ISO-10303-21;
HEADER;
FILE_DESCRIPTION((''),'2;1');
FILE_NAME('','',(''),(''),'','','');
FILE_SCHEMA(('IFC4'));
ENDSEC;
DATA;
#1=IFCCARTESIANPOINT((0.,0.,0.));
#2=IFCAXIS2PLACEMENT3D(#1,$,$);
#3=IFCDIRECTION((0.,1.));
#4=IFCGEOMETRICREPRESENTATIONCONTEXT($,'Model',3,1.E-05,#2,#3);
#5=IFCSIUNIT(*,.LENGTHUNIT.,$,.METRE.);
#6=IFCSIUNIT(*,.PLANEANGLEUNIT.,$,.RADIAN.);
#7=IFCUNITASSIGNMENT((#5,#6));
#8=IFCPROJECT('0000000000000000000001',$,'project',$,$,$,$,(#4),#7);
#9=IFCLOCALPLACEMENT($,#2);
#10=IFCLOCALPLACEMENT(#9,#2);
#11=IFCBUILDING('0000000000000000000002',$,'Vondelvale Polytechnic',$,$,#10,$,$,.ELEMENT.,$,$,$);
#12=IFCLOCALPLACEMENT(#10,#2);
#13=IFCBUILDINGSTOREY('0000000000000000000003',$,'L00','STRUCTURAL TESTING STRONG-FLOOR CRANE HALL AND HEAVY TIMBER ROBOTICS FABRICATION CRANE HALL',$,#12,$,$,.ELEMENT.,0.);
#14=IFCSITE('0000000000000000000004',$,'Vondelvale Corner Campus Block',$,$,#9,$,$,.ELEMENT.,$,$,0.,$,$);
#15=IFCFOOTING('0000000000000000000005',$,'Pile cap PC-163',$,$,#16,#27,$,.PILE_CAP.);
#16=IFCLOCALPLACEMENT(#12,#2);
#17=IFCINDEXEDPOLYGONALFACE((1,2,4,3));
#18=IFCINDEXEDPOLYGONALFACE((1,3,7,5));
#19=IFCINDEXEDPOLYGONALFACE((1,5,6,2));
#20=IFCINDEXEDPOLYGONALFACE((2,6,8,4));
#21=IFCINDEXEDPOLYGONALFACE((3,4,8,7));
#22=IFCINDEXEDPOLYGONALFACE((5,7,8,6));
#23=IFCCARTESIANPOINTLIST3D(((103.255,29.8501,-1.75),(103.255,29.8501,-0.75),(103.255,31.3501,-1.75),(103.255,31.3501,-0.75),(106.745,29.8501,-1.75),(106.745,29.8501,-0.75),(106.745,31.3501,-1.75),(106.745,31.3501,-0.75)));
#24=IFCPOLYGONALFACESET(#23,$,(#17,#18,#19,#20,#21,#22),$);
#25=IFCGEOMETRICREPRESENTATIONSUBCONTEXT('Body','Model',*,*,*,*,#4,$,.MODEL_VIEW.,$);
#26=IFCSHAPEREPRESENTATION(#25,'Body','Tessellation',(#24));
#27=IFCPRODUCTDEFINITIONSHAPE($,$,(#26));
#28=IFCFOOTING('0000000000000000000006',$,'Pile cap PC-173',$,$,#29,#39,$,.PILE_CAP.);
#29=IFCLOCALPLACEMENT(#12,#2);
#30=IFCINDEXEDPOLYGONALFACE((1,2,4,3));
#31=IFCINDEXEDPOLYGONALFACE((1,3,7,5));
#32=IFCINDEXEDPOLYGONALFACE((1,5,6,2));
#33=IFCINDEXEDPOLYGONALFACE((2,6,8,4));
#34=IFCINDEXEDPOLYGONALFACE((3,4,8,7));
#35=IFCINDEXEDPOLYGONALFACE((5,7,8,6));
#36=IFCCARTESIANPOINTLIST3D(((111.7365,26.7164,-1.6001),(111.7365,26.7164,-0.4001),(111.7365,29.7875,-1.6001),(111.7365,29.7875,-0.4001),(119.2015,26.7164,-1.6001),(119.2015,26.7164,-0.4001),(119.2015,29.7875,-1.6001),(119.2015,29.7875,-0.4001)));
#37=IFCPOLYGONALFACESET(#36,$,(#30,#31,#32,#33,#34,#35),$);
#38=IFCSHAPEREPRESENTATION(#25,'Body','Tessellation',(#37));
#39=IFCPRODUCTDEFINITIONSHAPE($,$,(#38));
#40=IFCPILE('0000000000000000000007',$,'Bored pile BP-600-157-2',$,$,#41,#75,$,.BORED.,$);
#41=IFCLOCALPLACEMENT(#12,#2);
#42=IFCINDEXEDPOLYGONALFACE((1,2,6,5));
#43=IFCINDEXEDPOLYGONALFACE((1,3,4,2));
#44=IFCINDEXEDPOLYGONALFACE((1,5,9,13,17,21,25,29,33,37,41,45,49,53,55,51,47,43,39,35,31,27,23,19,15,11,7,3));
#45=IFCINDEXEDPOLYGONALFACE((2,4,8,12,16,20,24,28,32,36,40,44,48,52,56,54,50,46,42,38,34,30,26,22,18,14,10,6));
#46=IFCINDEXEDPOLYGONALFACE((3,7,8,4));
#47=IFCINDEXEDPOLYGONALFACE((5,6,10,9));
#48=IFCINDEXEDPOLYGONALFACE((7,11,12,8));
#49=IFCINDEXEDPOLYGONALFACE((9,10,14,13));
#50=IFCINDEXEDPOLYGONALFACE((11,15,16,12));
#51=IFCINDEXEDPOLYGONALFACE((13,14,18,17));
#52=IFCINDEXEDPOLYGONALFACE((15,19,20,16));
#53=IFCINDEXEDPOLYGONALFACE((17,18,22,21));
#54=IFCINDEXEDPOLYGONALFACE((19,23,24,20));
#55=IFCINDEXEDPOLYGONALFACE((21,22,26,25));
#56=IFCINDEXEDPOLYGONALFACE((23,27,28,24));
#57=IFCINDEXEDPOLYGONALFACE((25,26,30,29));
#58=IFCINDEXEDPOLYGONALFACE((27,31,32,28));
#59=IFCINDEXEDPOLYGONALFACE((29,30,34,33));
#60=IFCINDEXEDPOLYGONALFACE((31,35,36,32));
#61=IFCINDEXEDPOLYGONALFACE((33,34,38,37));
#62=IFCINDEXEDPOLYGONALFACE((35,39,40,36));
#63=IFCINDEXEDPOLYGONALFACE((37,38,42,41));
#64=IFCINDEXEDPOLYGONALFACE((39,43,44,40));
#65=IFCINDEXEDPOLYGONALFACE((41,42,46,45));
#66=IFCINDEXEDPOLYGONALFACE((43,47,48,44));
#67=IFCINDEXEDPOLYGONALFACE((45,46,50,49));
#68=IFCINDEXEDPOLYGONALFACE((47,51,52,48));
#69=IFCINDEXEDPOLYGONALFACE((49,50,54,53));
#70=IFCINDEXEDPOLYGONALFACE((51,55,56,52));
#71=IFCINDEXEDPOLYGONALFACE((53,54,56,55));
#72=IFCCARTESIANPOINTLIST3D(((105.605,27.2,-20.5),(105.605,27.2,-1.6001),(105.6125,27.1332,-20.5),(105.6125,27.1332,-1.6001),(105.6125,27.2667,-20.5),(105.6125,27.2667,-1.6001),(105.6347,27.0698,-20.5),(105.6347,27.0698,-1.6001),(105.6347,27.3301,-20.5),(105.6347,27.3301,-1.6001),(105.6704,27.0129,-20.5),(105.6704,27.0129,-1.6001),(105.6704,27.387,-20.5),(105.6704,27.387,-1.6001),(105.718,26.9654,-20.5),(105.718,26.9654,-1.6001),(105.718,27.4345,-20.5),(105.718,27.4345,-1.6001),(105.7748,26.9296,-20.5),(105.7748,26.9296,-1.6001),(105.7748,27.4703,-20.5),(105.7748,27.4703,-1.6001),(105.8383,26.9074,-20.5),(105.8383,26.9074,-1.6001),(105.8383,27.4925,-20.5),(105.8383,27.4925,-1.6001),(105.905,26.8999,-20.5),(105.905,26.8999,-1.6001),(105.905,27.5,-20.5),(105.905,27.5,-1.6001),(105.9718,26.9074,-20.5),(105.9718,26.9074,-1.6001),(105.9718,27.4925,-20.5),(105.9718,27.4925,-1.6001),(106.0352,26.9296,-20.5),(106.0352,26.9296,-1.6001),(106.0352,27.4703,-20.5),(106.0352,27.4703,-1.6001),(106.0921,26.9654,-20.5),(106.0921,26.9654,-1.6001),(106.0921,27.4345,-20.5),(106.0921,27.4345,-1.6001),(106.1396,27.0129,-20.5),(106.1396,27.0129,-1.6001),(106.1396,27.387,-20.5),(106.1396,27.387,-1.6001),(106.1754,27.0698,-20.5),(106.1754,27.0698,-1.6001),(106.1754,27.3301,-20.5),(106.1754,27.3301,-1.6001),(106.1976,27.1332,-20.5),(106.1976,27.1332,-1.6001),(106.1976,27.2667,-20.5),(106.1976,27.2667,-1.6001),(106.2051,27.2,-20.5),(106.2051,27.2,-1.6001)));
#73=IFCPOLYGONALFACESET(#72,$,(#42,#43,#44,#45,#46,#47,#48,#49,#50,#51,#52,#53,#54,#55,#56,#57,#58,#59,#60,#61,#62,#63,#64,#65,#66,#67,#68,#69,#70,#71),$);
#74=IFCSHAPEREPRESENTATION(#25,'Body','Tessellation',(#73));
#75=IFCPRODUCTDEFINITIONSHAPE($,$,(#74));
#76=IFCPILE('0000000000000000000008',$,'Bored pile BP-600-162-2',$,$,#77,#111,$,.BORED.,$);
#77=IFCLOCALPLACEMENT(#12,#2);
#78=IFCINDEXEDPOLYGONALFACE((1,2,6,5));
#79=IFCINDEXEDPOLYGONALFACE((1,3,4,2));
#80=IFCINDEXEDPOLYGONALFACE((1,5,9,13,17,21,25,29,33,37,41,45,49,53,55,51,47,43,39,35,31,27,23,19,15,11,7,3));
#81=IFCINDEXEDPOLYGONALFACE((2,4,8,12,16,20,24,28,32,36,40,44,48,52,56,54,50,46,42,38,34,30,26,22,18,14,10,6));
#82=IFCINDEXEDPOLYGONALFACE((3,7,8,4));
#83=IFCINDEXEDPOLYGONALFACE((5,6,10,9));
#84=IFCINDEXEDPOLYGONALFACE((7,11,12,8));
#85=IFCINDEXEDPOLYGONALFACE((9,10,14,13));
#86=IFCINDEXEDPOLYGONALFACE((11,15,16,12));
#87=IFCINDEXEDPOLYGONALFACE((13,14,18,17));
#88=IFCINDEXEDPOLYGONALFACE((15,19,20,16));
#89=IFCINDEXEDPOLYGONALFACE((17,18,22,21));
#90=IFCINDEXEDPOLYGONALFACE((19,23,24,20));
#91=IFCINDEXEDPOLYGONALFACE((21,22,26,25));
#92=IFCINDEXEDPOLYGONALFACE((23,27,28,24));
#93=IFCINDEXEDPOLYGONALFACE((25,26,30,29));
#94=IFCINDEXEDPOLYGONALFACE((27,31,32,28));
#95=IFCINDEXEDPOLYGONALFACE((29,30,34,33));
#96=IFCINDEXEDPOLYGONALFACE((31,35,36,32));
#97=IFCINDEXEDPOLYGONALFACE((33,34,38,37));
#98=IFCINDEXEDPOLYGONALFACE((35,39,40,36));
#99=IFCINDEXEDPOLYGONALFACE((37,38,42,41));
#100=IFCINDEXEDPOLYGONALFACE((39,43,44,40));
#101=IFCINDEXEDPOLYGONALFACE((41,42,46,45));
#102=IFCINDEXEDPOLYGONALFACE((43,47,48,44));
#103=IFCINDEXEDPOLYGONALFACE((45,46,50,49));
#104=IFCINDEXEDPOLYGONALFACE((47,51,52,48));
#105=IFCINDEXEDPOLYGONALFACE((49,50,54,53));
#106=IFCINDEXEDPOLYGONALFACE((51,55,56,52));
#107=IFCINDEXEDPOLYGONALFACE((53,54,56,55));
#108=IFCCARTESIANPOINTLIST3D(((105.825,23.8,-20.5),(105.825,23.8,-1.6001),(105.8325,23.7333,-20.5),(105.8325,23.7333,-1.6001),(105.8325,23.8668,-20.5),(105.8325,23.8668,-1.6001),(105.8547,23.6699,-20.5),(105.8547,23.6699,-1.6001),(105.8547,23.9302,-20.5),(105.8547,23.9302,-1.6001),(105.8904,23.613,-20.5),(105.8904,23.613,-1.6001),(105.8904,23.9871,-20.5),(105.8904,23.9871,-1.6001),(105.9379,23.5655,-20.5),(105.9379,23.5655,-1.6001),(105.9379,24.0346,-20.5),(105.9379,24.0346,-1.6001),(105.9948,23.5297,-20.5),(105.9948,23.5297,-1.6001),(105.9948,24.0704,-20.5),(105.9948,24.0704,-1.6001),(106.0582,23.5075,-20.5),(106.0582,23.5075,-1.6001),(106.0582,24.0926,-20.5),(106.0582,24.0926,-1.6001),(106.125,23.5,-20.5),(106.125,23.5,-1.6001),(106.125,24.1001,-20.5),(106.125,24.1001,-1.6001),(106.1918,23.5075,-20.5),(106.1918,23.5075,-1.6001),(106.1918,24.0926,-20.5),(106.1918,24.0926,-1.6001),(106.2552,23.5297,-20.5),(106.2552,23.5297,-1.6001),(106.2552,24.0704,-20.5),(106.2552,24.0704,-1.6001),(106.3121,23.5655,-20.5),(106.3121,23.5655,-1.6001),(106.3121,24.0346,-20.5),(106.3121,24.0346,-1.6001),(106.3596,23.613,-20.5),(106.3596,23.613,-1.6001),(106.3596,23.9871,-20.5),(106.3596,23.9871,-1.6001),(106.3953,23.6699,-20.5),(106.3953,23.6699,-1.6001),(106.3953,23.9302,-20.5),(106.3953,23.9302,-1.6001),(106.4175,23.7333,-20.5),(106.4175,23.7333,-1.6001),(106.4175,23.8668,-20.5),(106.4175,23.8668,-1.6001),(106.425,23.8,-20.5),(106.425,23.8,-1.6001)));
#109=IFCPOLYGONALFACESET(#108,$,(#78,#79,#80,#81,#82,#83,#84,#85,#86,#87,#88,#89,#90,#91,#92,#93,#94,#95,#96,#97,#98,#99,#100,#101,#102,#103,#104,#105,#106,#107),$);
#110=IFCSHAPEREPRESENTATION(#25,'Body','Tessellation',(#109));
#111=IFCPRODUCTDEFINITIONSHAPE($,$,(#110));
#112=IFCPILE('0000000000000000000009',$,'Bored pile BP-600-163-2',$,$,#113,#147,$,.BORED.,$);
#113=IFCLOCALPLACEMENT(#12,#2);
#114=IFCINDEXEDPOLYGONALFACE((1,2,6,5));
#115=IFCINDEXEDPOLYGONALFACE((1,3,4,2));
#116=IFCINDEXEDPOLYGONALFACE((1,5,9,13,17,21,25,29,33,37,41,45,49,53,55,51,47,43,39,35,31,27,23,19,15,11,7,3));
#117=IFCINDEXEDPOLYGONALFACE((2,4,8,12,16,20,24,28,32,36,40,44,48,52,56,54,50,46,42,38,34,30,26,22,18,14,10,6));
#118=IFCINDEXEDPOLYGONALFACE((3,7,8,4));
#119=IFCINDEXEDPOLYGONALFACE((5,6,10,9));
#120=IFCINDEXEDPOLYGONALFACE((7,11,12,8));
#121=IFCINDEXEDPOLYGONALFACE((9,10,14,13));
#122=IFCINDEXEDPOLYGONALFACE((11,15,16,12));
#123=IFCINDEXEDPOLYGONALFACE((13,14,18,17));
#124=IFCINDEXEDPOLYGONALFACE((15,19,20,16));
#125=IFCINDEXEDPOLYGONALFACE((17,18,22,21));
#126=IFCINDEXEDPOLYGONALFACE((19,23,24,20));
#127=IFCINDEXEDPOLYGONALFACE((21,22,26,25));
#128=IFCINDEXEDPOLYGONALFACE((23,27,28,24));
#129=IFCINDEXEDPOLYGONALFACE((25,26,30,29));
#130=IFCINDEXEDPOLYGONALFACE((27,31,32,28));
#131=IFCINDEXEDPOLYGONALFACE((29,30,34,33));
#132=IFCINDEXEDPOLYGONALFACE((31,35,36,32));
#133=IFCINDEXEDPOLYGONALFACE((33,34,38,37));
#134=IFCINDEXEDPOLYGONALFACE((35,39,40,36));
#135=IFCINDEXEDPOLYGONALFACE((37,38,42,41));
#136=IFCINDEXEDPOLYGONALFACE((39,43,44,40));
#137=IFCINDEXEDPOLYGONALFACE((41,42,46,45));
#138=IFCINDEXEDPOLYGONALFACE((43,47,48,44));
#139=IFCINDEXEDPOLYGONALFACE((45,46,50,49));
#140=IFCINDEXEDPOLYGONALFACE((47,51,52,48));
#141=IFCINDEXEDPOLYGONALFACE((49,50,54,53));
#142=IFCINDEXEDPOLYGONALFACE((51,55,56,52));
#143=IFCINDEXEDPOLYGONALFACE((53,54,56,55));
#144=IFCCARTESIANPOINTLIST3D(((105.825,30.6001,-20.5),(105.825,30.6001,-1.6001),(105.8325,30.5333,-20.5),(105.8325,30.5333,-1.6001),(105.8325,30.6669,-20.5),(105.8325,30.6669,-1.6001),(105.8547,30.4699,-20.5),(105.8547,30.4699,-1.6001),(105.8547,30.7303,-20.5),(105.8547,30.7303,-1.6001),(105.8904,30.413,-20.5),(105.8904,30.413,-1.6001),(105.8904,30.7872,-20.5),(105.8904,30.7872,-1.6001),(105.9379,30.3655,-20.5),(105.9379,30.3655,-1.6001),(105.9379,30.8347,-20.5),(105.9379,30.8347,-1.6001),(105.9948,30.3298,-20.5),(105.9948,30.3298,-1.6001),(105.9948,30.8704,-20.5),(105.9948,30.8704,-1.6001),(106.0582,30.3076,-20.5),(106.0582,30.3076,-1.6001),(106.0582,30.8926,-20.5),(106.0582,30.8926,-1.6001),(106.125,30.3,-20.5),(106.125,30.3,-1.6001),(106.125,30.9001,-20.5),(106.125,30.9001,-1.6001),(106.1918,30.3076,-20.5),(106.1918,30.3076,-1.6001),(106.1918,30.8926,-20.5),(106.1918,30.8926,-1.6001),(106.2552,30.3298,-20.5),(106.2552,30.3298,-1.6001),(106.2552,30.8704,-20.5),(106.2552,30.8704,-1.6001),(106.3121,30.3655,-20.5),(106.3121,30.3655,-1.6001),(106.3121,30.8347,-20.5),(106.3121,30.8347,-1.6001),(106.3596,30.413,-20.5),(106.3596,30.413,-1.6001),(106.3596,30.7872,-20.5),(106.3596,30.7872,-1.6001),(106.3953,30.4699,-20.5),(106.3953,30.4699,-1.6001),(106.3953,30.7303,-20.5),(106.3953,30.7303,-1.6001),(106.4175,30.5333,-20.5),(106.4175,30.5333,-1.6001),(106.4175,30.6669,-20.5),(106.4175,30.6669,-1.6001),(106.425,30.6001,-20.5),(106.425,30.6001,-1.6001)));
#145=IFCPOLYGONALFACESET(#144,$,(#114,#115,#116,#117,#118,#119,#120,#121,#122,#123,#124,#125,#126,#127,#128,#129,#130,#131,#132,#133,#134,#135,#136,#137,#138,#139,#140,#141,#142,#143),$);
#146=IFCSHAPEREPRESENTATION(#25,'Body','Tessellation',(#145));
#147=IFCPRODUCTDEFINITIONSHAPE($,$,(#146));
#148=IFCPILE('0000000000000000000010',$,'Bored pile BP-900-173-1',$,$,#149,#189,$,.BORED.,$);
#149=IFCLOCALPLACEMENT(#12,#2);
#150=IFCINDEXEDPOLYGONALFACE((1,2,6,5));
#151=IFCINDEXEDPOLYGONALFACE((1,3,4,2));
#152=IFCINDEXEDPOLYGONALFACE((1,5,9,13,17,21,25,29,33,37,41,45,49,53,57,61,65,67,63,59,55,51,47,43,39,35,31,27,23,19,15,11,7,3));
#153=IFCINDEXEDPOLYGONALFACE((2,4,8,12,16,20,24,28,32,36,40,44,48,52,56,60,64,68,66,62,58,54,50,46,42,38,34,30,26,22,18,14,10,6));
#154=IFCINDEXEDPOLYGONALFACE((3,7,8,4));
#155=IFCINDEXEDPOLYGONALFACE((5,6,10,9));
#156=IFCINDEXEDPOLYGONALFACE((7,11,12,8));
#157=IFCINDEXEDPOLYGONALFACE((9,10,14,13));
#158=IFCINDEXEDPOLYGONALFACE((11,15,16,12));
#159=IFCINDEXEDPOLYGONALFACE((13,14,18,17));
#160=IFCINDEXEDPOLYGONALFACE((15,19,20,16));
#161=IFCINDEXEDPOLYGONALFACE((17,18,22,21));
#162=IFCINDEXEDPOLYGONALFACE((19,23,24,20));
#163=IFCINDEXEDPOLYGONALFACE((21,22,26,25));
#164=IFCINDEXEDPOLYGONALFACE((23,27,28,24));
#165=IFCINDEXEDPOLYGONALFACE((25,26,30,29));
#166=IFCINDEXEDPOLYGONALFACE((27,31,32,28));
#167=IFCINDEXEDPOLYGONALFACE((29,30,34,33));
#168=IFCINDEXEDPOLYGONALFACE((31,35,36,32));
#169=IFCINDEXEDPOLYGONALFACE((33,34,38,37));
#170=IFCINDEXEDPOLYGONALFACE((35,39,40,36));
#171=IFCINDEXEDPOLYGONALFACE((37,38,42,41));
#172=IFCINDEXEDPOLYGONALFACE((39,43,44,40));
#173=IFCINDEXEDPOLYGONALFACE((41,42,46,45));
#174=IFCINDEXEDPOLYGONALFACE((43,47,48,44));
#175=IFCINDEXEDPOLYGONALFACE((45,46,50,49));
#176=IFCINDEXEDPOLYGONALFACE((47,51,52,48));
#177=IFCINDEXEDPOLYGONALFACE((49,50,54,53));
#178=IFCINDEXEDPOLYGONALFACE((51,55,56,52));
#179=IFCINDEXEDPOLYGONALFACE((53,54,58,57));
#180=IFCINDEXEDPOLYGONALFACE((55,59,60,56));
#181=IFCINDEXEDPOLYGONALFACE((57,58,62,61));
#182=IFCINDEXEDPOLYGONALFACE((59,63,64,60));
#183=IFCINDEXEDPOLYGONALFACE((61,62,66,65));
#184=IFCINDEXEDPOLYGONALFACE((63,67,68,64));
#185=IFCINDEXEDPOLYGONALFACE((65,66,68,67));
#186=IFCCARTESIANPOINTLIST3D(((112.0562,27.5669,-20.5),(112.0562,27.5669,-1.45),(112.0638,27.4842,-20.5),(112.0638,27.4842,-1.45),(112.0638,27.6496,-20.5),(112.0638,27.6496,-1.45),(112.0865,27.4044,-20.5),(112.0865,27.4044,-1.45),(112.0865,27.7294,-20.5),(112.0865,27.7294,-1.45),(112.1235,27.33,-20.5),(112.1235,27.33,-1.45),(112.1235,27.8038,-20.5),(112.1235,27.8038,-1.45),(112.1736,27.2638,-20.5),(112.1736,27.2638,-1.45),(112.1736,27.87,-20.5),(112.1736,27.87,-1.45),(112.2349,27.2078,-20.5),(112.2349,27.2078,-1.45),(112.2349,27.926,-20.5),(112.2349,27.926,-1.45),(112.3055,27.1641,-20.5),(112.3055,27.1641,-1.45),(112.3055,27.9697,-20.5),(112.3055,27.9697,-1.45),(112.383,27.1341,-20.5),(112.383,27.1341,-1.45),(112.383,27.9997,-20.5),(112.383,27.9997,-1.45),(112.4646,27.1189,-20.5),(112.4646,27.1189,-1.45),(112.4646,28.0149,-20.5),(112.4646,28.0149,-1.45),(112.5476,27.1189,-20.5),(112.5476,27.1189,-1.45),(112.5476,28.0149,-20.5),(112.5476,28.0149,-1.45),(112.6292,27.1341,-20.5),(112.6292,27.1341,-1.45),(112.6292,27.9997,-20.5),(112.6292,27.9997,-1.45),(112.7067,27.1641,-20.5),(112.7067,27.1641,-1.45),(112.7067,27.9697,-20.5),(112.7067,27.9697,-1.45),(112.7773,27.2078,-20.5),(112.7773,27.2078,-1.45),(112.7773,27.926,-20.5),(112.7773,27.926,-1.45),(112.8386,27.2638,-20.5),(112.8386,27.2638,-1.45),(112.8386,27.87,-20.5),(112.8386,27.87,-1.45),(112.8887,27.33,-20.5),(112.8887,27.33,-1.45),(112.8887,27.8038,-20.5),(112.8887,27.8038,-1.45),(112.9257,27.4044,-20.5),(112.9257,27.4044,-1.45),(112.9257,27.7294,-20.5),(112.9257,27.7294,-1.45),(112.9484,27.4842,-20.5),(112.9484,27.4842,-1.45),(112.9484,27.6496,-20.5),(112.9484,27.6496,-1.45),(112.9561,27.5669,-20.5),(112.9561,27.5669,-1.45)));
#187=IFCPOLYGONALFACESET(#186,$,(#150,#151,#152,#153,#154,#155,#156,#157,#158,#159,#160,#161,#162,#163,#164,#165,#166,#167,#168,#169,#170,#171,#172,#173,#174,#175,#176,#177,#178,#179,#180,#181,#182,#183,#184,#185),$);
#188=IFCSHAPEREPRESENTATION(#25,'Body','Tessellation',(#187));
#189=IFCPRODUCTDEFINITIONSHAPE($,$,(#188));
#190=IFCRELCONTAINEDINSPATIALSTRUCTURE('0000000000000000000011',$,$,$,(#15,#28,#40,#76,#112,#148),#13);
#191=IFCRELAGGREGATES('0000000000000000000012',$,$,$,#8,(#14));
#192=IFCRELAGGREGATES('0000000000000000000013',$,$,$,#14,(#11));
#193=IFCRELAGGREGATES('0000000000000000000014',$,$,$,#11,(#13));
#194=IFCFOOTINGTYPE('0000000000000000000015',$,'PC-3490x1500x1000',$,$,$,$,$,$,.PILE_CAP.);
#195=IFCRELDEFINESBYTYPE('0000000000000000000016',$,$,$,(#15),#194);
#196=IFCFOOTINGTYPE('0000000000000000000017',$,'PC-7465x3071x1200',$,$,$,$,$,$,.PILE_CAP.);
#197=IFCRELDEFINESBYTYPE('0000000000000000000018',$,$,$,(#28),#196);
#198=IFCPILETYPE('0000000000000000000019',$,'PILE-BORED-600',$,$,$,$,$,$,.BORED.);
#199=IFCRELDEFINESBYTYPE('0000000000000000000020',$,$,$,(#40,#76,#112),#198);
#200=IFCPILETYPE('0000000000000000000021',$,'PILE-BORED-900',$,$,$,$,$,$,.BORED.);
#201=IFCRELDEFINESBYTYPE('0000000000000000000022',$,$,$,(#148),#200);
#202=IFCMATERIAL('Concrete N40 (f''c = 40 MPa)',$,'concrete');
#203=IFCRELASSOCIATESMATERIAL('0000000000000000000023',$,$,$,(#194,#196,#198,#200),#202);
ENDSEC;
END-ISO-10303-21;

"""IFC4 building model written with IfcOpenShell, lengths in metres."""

from ifc_helpers import new_model, si_unit, direction, frame, origin, origin_2d, place, context, subcontext, project, spatial, rectangle, circle, extrude, material, material_profile, profile_set, type_object, element, save


model = new_model("IFC4")

# Units and contexts
model_context = context("Model", 3, precision=1e-05, world=origin(), true_north=direction((0.0, 1.0)))
body_context = subcontext(model_context, "Body", "Model", "MODEL_VIEW")
ifc_project = project(units=[si_unit("LENGTHUNIT", "METRE"), si_unit("PLANEANGLEUNIT", "RADIAN")], contexts=[model_context])

# Site, building, storey
site_placement = place(None, origin())
site = spatial("IfcSite", under=ifc_project, at=site_placement, Name="Vondelvale Corner Campus Block", CompositionType="ELEMENT", RefElevation=0.0)
building_placement = place(site_placement, origin())
building = spatial("IfcBuilding", under=site, at=building_placement, Name="Vondelvale Polytechnic", CompositionType="ELEMENT")
storey_placement = place(building_placement, origin())
storey = spatial("IfcBuildingStorey", under=building, at=storey_placement, Name="L00", Description="STRUCTURAL TESTING STRONG-FLOOR CRANE HALL AND HEAVY TIMBER ROBOTICS FABRICATION CRANE HALL", CompositionType="ELEMENT", Elevation=0.0)

# Footings
ifc_material_1 = material(Name="Concrete N40 (f'c = 40 MPa)", Category="concrete")
footing_type_1 = type_object("IfcFootingType", Name="PC-3490x1500x1000", PredefinedType="PILE_CAP", material=ifc_material_1)
footing_1_placement = place(storey_placement, frame((105.0, 30.6001, -1.75), z_axis=(0.0, 0.0, 1.0), x_axis=(1.0, 0.0, 0.0)))
element("IfcFooting", 1, at=footing_1_placement, inside=storey, type_object=footing_type_1, Name="Pile cap PC-163", PredefinedType="PILE_CAP", context=body_context, shape_type="SweptSolid", body=[
    extrude(rectangle(XDim=3.49, YDim=1.5, at=origin_2d()), origin(), (0.0, 0.0, 1.0), 1.0),
])
footing_type_2 = type_object("IfcFootingType", Name="PC-7465x3071x1200", PredefinedType="PILE_CAP", material=ifc_material_1)
footing_2_placement = place(storey_placement, frame((115.469, 28.252, -1.6001), z_axis=(0.0, 0.0, 1.0), x_axis=(1.0, 0.0, 0.0)))
element("IfcFooting", 2, at=footing_2_placement, inside=storey, type_object=footing_type_2, Name="Pile cap PC-173", PredefinedType="PILE_CAP", context=body_context, shape_type="SweptSolid", body=[
    extrude(rectangle(XDim=7.4651, YDim=3.071, at=origin_2d()), origin(), (0.0, 0.0, 1.0), 1.2),
])

# Piles
ifc_material_profile_1 = material_profile(ifc_material_1, circle(Radius=0.3, at=origin_2d()), Name="PILE-D600")
ifc_profile_set_1 = profile_set([ifc_material_profile_1], Name="Concrete N40 (f'c = 40 MPa)")
pile_type_1 = type_object("IfcPileType", Name="PILE-BORED-600", PredefinedType="BORED", material=ifc_profile_set_1)
for number, where, z_axis, x_axis, name in (
    (3, (105.905, 27.2, -1.6001), (0.0, 0.0, -1.0), (1.0, 0.0, 0.0), "Bored pile BP-600-157-2"),
    (4, (106.125, 23.8, -1.6001), (0.0, 0.0, -1.0), (1.0, 0.0, 0.0), "Bored pile BP-600-162-2"),
    (5, (106.125, 30.6001, -1.6001), (0.0, 0.0, -1.0), (1.0, 0.0, 0.0), "Bored pile BP-600-163-2"),
):
    element("IfcPile", number, at=place(storey_placement, frame(where, z_axis=z_axis, x_axis=x_axis)), inside=storey, type_object=pile_type_1, Name=name, PredefinedType="BORED", context=body_context, shape_type="SweptSolid", body=[
        extrude(circle(Radius=0.3, at=origin_2d()), origin(), (0.0, 0.0, 1.0), 18.8999),
    ])
ifc_material_profile_2 = material_profile(ifc_material_1, circle(Radius=0.45, at=origin_2d()), Name="PILE-D900")
ifc_profile_set_2 = profile_set([ifc_material_profile_2], Name="Concrete N40 (f'c = 40 MPa)")
pile_type_2 = type_object("IfcPileType", Name="PILE-BORED-900", PredefinedType="BORED", material=ifc_profile_set_2)
for number, where, z_axis, x_axis, name in (
    (6, (112.5061, 27.5669, -1.45), (0.0, 0.0, -1.0), (1.0, 0.0, 0.0), "Bored pile BP-900-173-1"),
):
    element("IfcPile", number, at=place(storey_placement, frame(where, z_axis=z_axis, x_axis=x_axis)), inside=storey, type_object=pile_type_2, Name=name, PredefinedType="BORED", context=body_context, shape_type="SweptSolid", body=[
        extrude(circle(Radius=0.45, at=origin_2d()), origin(), (0.0, 0.0, 1.0), 19.05),
    ])

save(model, "model.ifc")
